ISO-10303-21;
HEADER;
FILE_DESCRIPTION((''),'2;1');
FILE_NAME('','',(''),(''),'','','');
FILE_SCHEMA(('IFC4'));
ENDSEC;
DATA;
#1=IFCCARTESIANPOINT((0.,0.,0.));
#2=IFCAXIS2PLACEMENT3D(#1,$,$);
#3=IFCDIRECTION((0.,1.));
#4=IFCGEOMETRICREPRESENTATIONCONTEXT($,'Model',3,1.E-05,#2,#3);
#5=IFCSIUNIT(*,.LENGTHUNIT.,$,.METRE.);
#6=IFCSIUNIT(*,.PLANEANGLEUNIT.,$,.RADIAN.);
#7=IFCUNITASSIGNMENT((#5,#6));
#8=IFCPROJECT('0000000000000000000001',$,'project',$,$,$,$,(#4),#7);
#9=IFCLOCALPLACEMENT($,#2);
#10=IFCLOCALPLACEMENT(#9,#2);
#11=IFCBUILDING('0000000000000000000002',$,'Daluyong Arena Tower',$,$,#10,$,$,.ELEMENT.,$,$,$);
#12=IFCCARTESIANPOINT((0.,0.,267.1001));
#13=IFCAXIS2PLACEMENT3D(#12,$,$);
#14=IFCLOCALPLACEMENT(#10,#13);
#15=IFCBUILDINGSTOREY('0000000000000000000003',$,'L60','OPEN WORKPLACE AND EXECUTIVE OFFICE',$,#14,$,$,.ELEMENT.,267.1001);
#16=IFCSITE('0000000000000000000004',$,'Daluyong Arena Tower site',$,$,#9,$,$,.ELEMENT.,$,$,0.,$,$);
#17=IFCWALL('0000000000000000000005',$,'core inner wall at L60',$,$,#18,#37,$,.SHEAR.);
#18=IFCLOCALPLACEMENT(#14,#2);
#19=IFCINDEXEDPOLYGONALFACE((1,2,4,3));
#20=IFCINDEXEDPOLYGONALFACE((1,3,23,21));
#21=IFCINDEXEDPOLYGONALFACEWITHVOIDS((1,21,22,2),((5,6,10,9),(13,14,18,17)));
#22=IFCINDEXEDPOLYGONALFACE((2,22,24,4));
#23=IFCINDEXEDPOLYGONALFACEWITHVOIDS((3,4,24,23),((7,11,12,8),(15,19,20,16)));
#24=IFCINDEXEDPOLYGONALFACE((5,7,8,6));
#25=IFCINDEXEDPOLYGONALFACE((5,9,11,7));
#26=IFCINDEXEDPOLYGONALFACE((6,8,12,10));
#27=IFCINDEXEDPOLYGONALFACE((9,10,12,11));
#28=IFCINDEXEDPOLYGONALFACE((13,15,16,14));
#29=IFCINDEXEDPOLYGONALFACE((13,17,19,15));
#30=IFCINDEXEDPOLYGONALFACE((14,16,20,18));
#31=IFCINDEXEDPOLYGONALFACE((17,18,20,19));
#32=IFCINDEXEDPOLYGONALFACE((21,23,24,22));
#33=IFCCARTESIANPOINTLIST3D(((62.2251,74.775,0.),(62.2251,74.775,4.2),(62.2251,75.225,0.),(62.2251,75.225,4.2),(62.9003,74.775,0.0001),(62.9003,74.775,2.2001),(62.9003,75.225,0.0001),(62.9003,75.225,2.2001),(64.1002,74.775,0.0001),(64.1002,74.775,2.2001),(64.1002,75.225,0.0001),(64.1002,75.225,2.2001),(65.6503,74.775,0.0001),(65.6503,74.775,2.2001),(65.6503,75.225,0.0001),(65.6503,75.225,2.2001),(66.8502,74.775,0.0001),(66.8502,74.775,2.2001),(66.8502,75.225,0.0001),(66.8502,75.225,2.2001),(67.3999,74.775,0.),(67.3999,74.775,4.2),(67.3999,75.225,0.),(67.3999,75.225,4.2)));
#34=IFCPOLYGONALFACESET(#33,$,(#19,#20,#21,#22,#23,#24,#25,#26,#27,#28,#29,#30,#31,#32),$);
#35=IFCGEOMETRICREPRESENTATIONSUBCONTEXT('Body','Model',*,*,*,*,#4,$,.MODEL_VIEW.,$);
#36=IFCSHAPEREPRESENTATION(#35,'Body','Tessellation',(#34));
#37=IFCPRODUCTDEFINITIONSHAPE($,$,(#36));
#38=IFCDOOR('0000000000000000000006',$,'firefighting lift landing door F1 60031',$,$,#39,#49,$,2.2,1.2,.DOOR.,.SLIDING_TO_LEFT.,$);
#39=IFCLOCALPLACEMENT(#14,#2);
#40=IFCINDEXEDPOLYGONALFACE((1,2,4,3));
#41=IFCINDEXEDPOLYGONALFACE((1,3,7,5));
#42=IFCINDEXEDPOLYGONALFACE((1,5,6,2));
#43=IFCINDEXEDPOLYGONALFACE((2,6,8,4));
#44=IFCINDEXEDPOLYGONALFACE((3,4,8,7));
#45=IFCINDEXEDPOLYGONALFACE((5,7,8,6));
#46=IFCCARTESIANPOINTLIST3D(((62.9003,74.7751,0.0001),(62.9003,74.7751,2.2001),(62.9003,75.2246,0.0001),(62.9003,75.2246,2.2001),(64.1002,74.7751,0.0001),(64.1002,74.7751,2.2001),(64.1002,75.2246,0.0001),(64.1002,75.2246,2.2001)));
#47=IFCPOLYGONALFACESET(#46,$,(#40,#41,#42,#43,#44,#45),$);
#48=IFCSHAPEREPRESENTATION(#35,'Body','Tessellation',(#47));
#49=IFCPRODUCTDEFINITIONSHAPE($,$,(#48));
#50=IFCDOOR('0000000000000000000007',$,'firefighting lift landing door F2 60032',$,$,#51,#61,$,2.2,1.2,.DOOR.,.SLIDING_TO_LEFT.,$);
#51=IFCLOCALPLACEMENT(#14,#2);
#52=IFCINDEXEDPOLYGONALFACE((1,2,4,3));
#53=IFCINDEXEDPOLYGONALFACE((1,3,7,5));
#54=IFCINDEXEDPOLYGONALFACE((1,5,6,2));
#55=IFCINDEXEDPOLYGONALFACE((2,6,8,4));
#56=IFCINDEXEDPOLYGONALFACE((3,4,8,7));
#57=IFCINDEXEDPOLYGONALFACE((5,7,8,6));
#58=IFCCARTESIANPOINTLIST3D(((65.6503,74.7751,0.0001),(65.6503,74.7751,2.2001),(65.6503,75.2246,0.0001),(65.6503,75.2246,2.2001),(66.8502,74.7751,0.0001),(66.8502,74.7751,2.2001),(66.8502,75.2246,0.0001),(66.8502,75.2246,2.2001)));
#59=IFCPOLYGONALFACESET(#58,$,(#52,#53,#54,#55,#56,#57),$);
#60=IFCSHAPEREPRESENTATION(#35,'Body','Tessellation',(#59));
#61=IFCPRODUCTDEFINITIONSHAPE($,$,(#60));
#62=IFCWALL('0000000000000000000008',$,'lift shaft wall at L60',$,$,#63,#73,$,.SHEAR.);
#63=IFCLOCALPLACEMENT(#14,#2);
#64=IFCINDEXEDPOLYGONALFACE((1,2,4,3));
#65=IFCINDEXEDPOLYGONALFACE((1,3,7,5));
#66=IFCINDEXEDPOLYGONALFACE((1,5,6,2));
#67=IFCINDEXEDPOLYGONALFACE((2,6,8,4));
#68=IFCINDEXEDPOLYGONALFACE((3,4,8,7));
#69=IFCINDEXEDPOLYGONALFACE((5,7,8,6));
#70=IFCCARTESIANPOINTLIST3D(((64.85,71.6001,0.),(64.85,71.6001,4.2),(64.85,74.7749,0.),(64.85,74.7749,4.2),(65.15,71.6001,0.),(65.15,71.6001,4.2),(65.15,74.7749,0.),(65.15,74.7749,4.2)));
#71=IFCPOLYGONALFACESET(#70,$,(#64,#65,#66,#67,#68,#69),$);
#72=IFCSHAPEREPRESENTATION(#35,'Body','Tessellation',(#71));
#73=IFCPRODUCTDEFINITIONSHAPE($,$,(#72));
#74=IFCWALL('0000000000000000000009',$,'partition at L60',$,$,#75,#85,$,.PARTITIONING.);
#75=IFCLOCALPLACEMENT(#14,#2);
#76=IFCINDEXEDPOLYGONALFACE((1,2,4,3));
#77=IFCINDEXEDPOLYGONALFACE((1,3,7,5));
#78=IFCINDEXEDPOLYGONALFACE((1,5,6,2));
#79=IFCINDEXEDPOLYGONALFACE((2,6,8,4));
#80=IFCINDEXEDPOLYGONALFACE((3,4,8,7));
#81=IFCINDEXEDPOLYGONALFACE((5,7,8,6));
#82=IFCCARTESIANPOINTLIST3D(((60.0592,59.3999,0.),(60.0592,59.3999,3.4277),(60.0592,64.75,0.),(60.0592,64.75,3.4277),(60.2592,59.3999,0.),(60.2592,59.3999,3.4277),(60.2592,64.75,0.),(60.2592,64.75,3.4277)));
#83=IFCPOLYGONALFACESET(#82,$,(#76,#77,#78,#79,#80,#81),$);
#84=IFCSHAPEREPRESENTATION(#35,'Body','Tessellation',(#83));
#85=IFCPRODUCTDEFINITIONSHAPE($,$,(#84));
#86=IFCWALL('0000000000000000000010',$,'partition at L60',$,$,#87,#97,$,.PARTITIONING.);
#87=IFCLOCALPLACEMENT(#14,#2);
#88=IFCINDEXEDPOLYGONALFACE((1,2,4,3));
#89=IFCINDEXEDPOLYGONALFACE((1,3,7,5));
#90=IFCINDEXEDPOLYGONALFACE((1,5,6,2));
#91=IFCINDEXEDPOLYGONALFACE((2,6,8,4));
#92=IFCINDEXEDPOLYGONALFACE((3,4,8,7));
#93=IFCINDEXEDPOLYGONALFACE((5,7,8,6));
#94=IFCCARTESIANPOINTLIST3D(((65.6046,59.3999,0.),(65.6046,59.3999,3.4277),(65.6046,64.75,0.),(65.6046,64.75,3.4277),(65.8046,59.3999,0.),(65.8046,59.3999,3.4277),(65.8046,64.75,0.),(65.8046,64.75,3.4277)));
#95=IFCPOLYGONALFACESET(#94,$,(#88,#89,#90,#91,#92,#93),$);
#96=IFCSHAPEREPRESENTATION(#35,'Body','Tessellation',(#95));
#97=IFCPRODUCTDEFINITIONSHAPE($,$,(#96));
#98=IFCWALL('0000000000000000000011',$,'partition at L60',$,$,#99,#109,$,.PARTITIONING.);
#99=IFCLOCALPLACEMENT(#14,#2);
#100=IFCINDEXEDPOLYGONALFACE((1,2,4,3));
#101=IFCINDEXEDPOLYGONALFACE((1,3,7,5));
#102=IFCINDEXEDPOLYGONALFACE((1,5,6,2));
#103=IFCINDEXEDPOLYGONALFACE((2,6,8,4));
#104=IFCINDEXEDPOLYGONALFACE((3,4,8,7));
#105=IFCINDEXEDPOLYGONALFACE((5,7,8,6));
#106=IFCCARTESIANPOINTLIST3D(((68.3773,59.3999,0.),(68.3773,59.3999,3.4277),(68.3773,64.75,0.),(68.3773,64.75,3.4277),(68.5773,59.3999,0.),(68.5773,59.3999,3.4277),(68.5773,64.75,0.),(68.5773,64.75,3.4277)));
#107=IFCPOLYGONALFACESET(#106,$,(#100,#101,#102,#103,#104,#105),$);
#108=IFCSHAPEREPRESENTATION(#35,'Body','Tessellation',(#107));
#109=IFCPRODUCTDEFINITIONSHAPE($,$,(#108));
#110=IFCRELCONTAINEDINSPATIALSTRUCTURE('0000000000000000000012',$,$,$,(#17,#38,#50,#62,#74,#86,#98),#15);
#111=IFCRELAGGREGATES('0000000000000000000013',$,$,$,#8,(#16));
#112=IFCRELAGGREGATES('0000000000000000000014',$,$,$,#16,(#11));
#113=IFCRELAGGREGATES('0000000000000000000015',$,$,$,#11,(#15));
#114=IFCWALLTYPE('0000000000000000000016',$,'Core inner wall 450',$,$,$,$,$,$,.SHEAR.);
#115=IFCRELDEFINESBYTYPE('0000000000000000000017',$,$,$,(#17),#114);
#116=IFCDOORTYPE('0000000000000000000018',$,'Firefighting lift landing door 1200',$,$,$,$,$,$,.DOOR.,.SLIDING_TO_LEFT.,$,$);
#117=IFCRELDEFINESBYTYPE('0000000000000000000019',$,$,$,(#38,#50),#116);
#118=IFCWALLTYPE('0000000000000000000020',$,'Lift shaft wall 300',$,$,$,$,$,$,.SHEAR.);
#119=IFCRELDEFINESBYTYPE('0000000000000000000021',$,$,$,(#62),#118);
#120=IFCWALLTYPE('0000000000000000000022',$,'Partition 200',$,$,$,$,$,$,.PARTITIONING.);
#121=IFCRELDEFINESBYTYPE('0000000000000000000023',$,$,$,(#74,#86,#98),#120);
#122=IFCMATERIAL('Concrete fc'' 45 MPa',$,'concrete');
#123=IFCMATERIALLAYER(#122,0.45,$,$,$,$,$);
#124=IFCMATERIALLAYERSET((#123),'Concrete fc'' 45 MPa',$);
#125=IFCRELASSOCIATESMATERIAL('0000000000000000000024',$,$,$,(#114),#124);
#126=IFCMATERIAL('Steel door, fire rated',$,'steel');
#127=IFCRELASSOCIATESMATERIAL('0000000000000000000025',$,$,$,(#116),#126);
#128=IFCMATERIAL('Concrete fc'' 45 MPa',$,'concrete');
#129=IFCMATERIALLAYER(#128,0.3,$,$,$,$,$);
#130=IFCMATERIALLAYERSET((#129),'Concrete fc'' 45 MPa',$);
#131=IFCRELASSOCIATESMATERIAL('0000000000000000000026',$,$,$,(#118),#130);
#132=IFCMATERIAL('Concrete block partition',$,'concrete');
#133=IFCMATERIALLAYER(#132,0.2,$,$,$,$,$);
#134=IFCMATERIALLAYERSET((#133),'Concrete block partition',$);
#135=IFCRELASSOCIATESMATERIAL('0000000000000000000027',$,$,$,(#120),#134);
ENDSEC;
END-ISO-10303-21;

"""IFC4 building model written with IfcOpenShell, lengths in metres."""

from ifc_helpers import new_model, si_unit, direction, frame, frame_2d, origin, place, context, subcontext, project, spatial, rectangle, extrude, material, layer, layer_set, type_object, element, fill, save


model = new_model("IFC4")

# Units and contexts
model_context = context("Model", 3, precision=1e-05, world=origin(), true_north=direction((0.0, 1.0)))
body_context = subcontext(model_context, "Body", "Model", "MODEL_VIEW")
ifc_project = project(units=[si_unit("LENGTHUNIT", "METRE"), si_unit("PLANEANGLEUNIT", "RADIAN")], contexts=[model_context])

# Site, building, storey
site_placement = place(None, origin())
site = spatial("IfcSite", under=ifc_project, at=site_placement, Name="Daluyong Arena Tower site", CompositionType="ELEMENT", RefElevation=0.0)
building_placement = place(site_placement, origin())
building = spatial("IfcBuilding", under=site, at=building_placement, Name="Daluyong Arena Tower", CompositionType="ELEMENT")
storey_placement = place(building_placement, frame((0.0, 0.0, 267.1001)))
storey = spatial("IfcBuildingStorey", under=building, at=storey_placement, Name="L60", Description="OPEN WORKPLACE AND EXECUTIVE OFFICE", CompositionType="ELEMENT", Elevation=267.1001)

# Shared definitions
ifc_material_1 = material(Name="Concrete fc' 45 MPa", Category="concrete")
ifc_layer_1 = layer(ifc_material_1, 0.45)
ifc_layer_set_1 = layer_set([ifc_layer_1], Name="Concrete fc' 45 MPa")
wall_type_1 = type_object("IfcWallType", Name="Core inner wall 450", PredefinedType="SHEAR", material=ifc_layer_set_1)

# Wall, openings, doors
wall_1_placement = place(storey_placement, frame((62.2251, 75.0, 0.0), z_axis=(0.0, 0.0, 1.0), x_axis=(1.0, 0.0, 0.0)))
wall_1 = element("IfcWall", 1, at=wall_1_placement, inside=storey, type_object=wall_type_1, Name="core inner wall at L60", PredefinedType="SHEAR", context=body_context, shape_type="SweptSolid", body=[
    extrude(rectangle(XDim=5.1748, YDim=0.45, at=frame_2d((2.5874, 0.0))), origin(), (0.0, 0.0, 1.0), 4.2),
])
opening_1_placement = place(wall_1_placement, frame((0.675, 0.0, 0.0)))
opening_1 = element("IfcOpeningElement", 2, at=opening_1_placement, cuts=wall_1, PredefinedType="OPENING", context=body_context, shape_type="SweptSolid", body=[
    extrude(rectangle(XDim=1.2, YDim=2.2, at=frame_2d((0.6001, 1.1001))), frame((0.0, 0.2349, 0.0), z_axis=(0.0, -1.0, 0.0), x_axis=(1.0, 0.0, 0.0)), (0.0, 0.0, 1.0), 0.47),
])
opening_2_placement = place(wall_1_placement, frame((3.425, 0.0, 0.0)))
opening_2 = element("IfcOpeningElement", 3, at=opening_2_placement, cuts=wall_1, PredefinedType="OPENING", context=body_context, shape_type="SweptSolid", body=[
    extrude(rectangle(XDim=1.2, YDim=2.2, at=frame_2d((0.6001, 1.1001))), frame((0.0, 0.2349, 0.0), z_axis=(0.0, -1.0, 0.0), x_axis=(1.0, 0.0, 0.0)), (0.0, 0.0, 1.0), 0.47),
])
ifc_material_2 = material(Name="Steel door, fire rated", Category="steel")
door_type_1 = type_object("IfcDoorType", Name="Firefighting lift landing door 1200", OperationType="SLIDING_TO_LEFT", PredefinedType="DOOR", material=ifc_material_2)
door_1_placement = place(opening_1_placement, origin())
door_1 = element("IfcDoor", 4, at=door_1_placement, inside=storey, type_object=door_type_1, Name="firefighting lift landing door F1 60031", OperationType="SLIDING_TO_LEFT", OverallHeight=2.2, OverallWidth=1.2, PredefinedType="DOOR", context=body_context, shape_type="SweptSolid", body=[
    extrude(rectangle(XDim=1.2, YDim=2.2, at=frame_2d((0.6001, 1.1001))), frame((0.0, 0.2246, 0.0), z_axis=(0.0, -1.0, 0.0), x_axis=(1.0, 0.0, 0.0)), (0.0, 0.0, 1.0), 0.4495),
])
fill(opening_1, door_1)
door_2_placement = place(opening_2_placement, origin())
door_2 = element("IfcDoor", 5, at=door_2_placement, inside=storey, type_object=door_type_1, Name="firefighting lift landing door F2 60032", OperationType="SLIDING_TO_LEFT", OverallHeight=2.2, OverallWidth=1.2, PredefinedType="DOOR", context=body_context, shape_type="SweptSolid", body=[
    extrude(rectangle(XDim=1.2, YDim=2.2, at=frame_2d((0.6001, 1.1001))), frame((0.0, 0.2246, 0.0), z_axis=(0.0, -1.0, 0.0), x_axis=(1.0, 0.0, 0.0)), (0.0, 0.0, 1.0), 0.4495),
])
fill(opening_2, door_2)

# Walls
ifc_material_3 = material(Name="Concrete fc' 45 MPa", Category="concrete")
ifc_layer_2 = layer(ifc_material_3, 0.3)
ifc_layer_set_2 = layer_set([ifc_layer_2], Name="Concrete fc' 45 MPa")
wall_type_2 = type_object("IfcWallType", Name="Lift shaft wall 300", PredefinedType="SHEAR", material=ifc_layer_set_2)
wall_2_placement = place(storey_placement, frame((65.0, 71.6001, 0.0), z_axis=(0.0, 0.0, 1.0), x_axis=(0.0, 1.0, 0.0)))
element("IfcWall", 6, at=wall_2_placement, inside=storey, type_object=wall_type_2, Name="lift shaft wall at L60", PredefinedType="SHEAR", context=body_context, shape_type="SweptSolid", body=[
    extrude(rectangle(XDim=3.1748, YDim=0.3, at=frame_2d((1.5874, 0.0))), origin(), (0.0, 0.0, 1.0), 4.2),
])
ifc_material_4 = material(Name="Concrete block partition", Category="concrete")
ifc_layer_3 = layer(ifc_material_4, 0.2)
ifc_layer_set_3 = layer_set([ifc_layer_3], Name="Concrete block partition")
wall_type_3 = type_object("IfcWallType", Name="Partition 200", PredefinedType="PARTITIONING", material=ifc_layer_set_3)
for number, where, z_axis, x_axis, name in (
    (7, (60.1592, 59.3999, 0.0), (0.0, 0.0, 1.0), (0.0, 1.0, 0.0), "partition at L60"),
    (8, (65.7046, 59.3999, 0.0), (0.0, 0.0, 1.0), (0.0, 1.0, 0.0), "partition at L60"),
    (9, (68.4773, 59.3999, 0.0), (0.0, 0.0, 1.0), (0.0, 1.0, 0.0), "partition at L60"),
):
    element("IfcWall", number, at=place(storey_placement, frame(where, z_axis=z_axis, x_axis=x_axis)), inside=storey, type_object=wall_type_3, Name=name, PredefinedType="PARTITIONING", context=body_context, shape_type="SweptSolid", body=[
        extrude(rectangle(XDim=5.3501, YDim=0.2, at=frame_2d((2.675, 0.0))), origin(), (0.0, 0.0, 1.0), 3.4277),
    ])

save(model, "model.ifc")
